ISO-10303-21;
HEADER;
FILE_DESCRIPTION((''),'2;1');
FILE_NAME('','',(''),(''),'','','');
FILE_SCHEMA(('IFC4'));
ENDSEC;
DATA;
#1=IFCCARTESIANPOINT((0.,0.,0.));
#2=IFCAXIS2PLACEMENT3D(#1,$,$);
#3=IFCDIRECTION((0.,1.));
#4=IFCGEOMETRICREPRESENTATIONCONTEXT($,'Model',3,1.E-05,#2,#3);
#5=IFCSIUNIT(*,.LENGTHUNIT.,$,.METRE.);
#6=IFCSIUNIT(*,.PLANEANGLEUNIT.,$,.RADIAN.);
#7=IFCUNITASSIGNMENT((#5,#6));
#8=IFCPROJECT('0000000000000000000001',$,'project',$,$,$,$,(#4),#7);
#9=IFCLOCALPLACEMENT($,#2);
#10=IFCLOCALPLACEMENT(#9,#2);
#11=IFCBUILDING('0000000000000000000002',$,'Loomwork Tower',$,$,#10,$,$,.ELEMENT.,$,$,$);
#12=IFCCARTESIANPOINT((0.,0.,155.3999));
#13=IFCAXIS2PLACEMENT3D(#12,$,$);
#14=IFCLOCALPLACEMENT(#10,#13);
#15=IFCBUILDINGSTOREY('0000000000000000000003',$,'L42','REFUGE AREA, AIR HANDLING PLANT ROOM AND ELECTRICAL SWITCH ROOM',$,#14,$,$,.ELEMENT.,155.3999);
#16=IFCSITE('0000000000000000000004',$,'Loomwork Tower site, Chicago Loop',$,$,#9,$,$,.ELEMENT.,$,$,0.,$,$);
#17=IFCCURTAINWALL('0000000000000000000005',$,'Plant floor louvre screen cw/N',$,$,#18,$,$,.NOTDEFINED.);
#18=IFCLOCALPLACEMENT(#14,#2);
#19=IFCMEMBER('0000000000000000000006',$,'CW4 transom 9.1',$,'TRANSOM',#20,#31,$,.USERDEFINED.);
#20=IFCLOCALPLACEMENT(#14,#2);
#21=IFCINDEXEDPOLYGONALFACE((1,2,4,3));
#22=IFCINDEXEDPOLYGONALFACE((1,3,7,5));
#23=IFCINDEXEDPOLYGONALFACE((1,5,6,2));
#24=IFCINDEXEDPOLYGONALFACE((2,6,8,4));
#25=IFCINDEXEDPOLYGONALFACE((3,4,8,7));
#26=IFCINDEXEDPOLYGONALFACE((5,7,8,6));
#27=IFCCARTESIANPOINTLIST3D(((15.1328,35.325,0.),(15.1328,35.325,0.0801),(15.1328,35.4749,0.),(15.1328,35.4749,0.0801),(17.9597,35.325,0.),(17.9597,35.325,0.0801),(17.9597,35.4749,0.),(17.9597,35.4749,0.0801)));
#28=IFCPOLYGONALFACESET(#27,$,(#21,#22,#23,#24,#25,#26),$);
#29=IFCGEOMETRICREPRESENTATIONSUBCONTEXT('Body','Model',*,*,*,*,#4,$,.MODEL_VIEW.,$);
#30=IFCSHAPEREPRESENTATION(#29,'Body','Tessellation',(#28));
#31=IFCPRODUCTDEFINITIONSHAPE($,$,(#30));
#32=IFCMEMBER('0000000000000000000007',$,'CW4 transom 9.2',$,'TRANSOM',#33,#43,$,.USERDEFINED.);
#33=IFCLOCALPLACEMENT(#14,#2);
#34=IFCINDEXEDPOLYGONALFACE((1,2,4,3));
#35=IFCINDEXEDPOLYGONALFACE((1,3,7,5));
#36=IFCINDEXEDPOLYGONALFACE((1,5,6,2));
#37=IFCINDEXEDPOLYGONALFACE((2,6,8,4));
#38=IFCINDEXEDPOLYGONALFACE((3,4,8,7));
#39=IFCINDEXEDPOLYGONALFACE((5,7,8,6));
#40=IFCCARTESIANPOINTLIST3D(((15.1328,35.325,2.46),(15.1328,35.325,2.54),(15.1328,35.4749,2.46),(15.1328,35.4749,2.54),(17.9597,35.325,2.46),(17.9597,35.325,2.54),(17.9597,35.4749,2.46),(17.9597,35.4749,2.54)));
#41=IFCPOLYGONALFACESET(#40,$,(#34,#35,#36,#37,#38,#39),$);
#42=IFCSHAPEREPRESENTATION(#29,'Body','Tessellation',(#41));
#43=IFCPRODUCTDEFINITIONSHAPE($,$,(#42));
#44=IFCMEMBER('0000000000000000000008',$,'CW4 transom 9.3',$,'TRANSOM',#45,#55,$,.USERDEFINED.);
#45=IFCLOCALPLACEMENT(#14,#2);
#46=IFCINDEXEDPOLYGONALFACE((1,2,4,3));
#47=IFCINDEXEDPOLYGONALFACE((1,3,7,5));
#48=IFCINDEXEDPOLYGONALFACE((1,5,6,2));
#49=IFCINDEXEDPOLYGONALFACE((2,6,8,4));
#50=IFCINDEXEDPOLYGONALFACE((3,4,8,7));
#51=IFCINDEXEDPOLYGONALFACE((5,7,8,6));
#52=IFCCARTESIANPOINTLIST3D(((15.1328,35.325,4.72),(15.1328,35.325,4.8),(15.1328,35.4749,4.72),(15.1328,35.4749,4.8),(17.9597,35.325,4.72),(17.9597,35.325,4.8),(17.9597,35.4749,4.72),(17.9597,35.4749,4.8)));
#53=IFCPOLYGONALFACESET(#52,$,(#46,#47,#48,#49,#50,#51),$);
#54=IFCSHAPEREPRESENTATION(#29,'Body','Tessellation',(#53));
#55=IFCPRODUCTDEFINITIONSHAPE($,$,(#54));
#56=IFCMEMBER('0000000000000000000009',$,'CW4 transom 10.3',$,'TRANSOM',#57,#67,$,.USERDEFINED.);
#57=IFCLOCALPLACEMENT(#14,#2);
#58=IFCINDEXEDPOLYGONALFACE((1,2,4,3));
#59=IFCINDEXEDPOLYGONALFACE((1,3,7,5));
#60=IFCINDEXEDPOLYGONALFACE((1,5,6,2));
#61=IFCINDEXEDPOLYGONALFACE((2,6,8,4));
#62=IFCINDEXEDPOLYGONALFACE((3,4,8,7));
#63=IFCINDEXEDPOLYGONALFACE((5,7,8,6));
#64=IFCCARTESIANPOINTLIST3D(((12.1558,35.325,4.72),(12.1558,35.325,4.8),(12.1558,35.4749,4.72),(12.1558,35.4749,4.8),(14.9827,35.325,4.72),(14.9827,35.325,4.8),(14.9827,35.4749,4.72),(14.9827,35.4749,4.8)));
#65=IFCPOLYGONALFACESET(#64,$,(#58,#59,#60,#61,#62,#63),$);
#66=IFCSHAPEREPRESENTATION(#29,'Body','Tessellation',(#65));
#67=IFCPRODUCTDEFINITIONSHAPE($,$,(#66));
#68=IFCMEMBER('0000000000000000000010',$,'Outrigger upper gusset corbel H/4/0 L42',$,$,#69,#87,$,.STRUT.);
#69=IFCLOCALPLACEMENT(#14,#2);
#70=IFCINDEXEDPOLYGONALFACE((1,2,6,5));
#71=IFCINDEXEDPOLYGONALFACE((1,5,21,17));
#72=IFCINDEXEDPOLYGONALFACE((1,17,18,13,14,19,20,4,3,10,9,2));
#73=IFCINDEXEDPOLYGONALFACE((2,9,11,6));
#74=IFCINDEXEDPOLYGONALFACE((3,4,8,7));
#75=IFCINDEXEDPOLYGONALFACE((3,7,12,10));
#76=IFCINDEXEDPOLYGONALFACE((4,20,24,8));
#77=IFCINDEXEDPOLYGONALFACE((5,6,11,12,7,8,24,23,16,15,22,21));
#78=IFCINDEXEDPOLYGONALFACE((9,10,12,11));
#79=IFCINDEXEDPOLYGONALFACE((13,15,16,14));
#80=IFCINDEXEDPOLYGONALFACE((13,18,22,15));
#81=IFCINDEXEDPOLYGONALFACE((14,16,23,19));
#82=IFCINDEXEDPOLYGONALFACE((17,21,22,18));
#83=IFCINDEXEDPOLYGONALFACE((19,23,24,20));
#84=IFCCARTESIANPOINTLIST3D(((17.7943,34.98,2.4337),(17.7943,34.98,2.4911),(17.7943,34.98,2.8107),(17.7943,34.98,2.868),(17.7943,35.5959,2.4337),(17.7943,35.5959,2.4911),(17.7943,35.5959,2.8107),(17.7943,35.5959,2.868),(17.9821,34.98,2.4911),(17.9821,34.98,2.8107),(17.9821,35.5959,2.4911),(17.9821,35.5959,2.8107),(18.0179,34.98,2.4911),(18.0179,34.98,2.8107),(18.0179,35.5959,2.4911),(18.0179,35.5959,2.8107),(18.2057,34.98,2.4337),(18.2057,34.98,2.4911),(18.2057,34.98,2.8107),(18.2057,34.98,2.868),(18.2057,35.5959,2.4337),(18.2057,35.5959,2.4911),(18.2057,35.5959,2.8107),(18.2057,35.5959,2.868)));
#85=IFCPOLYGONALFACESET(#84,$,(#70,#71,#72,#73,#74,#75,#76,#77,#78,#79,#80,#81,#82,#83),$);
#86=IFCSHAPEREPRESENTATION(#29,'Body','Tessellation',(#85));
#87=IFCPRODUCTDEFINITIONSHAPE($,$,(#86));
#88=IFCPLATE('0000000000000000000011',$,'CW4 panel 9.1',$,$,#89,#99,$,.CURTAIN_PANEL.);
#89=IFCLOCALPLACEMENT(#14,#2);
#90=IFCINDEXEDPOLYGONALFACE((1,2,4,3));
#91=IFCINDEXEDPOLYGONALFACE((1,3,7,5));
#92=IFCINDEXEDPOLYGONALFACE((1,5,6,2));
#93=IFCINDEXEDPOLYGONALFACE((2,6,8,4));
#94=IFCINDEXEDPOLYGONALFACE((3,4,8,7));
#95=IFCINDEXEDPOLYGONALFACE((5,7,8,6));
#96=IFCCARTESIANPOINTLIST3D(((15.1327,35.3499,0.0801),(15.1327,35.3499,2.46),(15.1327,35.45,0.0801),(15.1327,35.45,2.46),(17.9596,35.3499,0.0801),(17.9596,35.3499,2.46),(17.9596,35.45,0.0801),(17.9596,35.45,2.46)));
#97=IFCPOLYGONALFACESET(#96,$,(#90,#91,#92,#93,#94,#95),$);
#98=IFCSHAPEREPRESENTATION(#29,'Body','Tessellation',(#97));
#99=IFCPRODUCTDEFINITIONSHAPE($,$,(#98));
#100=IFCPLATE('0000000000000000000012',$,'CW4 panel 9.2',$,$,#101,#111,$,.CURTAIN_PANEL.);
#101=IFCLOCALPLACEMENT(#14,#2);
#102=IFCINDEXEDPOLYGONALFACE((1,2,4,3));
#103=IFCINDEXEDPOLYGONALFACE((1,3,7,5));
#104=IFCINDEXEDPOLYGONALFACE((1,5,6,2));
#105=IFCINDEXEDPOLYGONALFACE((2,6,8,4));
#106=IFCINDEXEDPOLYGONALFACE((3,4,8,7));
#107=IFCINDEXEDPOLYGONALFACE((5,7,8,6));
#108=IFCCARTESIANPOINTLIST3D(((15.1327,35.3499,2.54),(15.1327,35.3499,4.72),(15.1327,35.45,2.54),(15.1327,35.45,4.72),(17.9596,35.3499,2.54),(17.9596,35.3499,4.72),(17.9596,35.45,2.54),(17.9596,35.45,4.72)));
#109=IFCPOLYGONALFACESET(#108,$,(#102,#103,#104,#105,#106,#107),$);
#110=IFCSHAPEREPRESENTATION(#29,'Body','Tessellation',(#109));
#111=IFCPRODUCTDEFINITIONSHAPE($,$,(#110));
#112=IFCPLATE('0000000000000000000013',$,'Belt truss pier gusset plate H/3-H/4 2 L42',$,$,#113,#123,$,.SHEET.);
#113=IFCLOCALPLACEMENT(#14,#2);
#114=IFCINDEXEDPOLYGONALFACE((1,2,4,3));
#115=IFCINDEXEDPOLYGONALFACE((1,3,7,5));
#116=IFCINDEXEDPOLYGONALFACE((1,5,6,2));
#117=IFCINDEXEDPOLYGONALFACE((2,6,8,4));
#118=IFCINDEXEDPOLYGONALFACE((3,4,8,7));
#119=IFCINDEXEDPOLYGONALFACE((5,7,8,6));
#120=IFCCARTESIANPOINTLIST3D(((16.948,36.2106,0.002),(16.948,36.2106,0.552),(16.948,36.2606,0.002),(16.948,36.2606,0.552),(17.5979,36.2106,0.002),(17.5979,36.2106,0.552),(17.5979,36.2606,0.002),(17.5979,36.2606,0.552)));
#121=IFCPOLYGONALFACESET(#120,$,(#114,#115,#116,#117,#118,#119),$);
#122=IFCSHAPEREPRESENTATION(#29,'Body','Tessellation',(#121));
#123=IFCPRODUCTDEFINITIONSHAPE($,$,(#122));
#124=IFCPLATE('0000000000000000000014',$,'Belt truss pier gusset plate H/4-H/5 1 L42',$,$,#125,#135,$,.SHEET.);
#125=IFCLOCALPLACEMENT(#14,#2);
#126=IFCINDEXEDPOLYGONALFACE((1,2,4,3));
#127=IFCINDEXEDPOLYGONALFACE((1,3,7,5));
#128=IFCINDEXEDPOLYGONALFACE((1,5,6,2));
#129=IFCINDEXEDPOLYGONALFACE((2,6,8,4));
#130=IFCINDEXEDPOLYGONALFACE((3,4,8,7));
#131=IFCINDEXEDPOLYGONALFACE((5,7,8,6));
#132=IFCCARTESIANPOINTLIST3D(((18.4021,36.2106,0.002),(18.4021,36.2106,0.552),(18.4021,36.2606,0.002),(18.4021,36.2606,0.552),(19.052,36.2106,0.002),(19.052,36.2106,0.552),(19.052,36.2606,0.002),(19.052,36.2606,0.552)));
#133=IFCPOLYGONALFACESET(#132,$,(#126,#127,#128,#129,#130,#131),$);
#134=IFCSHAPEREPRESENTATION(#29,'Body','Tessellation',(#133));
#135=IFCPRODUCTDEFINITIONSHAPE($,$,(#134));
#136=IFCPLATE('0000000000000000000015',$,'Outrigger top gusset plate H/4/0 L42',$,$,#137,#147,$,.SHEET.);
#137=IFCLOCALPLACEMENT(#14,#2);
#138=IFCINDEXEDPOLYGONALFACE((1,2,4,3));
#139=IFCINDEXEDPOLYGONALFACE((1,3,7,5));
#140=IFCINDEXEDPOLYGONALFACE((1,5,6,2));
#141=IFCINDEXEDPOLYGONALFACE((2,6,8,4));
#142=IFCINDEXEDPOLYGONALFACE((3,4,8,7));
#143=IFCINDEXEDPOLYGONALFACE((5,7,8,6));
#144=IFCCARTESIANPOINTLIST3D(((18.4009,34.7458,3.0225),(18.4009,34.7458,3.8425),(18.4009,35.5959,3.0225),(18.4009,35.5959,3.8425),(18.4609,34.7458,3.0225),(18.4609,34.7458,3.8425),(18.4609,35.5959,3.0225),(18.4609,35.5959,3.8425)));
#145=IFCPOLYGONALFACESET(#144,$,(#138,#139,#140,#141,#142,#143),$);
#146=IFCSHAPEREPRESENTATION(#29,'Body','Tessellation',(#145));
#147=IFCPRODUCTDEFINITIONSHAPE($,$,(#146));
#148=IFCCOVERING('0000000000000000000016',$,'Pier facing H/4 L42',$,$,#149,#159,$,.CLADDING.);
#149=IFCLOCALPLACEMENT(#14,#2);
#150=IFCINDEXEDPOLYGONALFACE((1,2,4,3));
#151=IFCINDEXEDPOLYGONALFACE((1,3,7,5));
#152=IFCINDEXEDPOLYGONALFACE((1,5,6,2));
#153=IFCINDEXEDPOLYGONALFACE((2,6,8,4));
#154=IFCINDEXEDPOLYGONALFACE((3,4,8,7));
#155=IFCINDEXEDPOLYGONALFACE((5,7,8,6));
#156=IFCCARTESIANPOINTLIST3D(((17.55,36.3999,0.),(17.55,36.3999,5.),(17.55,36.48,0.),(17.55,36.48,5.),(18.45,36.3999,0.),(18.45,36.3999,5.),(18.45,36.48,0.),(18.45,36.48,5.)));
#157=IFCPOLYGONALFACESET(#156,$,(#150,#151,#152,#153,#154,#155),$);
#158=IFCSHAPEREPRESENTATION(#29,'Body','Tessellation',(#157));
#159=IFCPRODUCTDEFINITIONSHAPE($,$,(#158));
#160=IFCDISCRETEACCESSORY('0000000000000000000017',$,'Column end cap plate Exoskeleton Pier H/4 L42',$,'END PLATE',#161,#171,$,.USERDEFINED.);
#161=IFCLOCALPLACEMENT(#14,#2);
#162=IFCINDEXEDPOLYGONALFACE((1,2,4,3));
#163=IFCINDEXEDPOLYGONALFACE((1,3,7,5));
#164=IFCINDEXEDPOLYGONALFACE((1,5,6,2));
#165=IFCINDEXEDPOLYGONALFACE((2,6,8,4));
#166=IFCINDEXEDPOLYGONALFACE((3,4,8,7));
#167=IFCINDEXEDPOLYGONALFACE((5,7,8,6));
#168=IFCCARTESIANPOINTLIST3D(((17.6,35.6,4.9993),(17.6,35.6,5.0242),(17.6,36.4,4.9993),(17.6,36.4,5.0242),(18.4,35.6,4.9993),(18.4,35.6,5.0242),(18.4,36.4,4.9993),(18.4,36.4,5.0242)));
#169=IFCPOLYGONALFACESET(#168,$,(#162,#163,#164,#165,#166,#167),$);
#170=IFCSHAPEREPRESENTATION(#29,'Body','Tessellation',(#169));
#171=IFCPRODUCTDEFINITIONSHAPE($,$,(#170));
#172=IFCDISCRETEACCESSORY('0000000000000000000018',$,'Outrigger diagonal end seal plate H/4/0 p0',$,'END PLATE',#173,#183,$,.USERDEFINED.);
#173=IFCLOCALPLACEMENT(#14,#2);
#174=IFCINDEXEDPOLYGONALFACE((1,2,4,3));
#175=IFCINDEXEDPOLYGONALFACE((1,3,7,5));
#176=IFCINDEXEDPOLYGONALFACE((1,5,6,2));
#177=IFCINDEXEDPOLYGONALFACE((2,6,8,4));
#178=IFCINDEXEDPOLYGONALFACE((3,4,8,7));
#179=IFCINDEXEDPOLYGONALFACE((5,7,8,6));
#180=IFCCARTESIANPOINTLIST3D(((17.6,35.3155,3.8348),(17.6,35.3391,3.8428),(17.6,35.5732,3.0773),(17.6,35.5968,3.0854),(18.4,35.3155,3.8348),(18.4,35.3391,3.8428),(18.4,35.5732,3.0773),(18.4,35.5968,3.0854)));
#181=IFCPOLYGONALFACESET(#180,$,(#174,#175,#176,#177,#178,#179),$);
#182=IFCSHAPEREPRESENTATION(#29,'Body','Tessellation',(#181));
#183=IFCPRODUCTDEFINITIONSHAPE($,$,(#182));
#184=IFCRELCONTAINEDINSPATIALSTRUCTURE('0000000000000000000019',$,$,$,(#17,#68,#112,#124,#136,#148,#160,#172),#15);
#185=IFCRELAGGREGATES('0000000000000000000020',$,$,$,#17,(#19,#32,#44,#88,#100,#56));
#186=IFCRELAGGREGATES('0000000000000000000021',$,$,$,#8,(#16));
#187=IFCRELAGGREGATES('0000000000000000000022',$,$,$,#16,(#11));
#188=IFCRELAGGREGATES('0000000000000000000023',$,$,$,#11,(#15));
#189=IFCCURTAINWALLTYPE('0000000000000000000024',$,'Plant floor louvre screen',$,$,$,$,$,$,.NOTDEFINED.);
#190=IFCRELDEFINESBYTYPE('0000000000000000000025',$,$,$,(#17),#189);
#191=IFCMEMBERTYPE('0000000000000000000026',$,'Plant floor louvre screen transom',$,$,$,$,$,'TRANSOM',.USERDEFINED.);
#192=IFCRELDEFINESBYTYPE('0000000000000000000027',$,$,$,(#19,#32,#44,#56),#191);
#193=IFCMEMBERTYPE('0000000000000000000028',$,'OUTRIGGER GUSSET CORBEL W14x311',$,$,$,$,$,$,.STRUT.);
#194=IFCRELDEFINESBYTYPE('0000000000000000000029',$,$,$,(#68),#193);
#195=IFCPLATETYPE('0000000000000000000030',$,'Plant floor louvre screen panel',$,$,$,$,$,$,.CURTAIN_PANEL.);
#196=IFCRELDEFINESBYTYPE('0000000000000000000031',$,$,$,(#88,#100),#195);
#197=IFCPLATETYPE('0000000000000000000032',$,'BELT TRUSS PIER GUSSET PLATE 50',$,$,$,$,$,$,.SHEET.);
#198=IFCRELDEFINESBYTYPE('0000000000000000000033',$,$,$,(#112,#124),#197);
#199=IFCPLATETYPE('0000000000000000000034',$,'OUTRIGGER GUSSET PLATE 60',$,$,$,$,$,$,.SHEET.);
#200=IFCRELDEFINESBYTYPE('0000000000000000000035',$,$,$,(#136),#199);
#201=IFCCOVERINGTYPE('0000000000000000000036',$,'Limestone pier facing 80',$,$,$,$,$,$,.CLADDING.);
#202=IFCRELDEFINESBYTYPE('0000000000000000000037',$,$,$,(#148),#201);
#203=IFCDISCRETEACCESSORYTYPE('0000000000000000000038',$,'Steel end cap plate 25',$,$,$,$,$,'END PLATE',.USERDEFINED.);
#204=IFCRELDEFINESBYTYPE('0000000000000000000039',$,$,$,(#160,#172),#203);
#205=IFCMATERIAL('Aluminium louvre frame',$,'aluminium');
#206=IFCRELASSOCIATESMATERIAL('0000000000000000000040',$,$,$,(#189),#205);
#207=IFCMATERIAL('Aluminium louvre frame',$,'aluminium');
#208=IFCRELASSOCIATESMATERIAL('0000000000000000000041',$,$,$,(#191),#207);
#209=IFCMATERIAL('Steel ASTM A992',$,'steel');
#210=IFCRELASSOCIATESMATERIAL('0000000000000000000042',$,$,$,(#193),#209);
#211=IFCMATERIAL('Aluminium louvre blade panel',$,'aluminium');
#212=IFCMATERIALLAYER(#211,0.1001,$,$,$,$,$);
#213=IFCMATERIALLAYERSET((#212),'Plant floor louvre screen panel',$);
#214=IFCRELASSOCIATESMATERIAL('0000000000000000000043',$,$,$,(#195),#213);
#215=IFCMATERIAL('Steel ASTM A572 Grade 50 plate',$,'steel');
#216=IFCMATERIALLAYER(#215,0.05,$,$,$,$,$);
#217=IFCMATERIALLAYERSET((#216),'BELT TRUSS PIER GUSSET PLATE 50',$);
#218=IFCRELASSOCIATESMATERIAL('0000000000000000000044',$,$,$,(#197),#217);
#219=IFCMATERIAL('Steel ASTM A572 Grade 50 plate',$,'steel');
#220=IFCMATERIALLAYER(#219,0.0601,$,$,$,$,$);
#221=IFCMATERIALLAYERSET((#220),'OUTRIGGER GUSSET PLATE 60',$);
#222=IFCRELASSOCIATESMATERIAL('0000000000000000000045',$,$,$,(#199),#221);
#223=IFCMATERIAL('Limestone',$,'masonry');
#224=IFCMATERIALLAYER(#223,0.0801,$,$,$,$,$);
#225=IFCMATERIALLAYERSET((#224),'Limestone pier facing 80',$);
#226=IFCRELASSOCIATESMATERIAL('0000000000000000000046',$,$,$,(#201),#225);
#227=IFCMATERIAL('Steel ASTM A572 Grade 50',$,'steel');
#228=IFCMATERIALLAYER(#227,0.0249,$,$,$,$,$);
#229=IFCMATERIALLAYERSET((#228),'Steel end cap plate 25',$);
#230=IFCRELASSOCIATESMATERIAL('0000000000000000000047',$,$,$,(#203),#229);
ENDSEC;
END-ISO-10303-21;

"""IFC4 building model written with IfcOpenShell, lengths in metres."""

from ifc_helpers import new_model, si_unit, direction, frame, origin, origin_2d, place, context, subcontext, project, spatial, rectangle, i_section, extrude, material, layer, layer_set, material_profile, profile_set, type_object, element, aggregate, save


model = new_model("IFC4")

# Units and contexts
model_context = context("Model", 3, precision=1e-05, world=origin(), true_north=direction((0.0, 1.0)))
body_context = subcontext(model_context, "Body", "Model", "MODEL_VIEW")
ifc_project = project(units=[si_unit("LENGTHUNIT", "METRE"), si_unit("PLANEANGLEUNIT", "RADIAN")], contexts=[model_context])

# Site, building, storey
site_placement = place(None, origin())
site = spatial("IfcSite", under=ifc_project, at=site_placement, Name="Loomwork Tower site, Chicago Loop", CompositionType="ELEMENT", RefElevation=0.0)
building_placement = place(site_placement, origin())
building = spatial("IfcBuilding", under=site, at=building_placement, Name="Loomwork Tower", CompositionType="ELEMENT")
storey_placement = place(building_placement, frame((0.0, 0.0, 155.3999)))
storey = spatial("IfcBuildingStorey", under=building, at=storey_placement, Name="L42", Description="REFUGE AREA, AIR HANDLING PLANT ROOM AND ELECTRICAL SWITCH ROOM", CompositionType="ELEMENT", Elevation=155.3999)

# Curtain wall, members
ifc_material_1 = material(Name="Aluminium louvre frame", Category="aluminium")
curtain_wall_type = type_object("IfcCurtainWallType", Name="Plant floor louvre screen", PredefinedType="NOTDEFINED", material=ifc_material_1)
curtain_wall_placement = place(storey_placement, origin())
curtain_wall = element("IfcCurtainWall", 1, at=curtain_wall_placement, inside=storey, type_object=curtain_wall_type, Name="Plant floor louvre screen cw/N", PredefinedType="NOTDEFINED")
ifc_material_2 = material(Name="Aluminium louvre frame", Category="aluminium")
ifc_material_profile_1 = material_profile(ifc_material_2, rectangle(XDim=0.1499, YDim=0.0801, at=origin_2d()), Name="AL 80x150")
ifc_profile_set_1 = profile_set([ifc_material_profile_1], Name="Aluminium louvre frame")
member_type_1 = type_object("IfcMemberType", Name="Plant floor louvre screen transom", ElementType="TRANSOM", PredefinedType="USERDEFINED", material=ifc_profile_set_1)
member_1_placement = place(storey_placement, frame((17.9597, 35.3999, 0.04), z_axis=(-1.0, 0.0, 0.0), x_axis=(0.0, -1.0, 0.0)))
member_1 = element("IfcMember", 2, at=member_1_placement, type_object=member_type_1, Name="CW4 transom 9.1", ObjectType="TRANSOM", PredefinedType="USERDEFINED", context=body_context, shape_type="SweptSolid", body=[
    extrude(rectangle(XDim=0.1499, YDim=0.0801, at=origin_2d()), origin(), (0.0, 0.0, 1.0), 2.8269),
])
member_2_placement = place(storey_placement, frame((17.9597, 35.3999, 2.5), z_axis=(-1.0, 0.0, 0.0), x_axis=(0.0, -1.0, 0.0)))
member_2 = element("IfcMember", 3, at=member_2_placement, type_object=member_type_1, Name="CW4 transom 9.2", ObjectType="TRANSOM", PredefinedType="USERDEFINED", context=body_context, shape_type="SweptSolid", body=[
    extrude(rectangle(XDim=0.1499, YDim=0.0801, at=origin_2d()), origin(), (0.0, 0.0, 1.0), 2.8269),
])
member_3_placement = place(storey_placement, frame((17.9597, 35.3999, 4.76), z_axis=(-1.0, 0.0, 0.0), x_axis=(0.0, -1.0, 0.0)))
member_3 = element("IfcMember", 4, at=member_3_placement, type_object=member_type_1, Name="CW4 transom 9.3", ObjectType="TRANSOM", PredefinedType="USERDEFINED", context=body_context, shape_type="SweptSolid", body=[
    extrude(rectangle(XDim=0.1499, YDim=0.0801, at=origin_2d()), origin(), (0.0, 0.0, 1.0), 2.8269),
])
member_4_placement = place(storey_placement, frame((14.9827, 35.3999, 4.76), z_axis=(-1.0, 0.0, 0.0), x_axis=(0.0, -1.0, 0.0)))
member_4 = element("IfcMember", 5, at=member_4_placement, type_object=member_type_1, Name="CW4 transom 10.3", ObjectType="TRANSOM", PredefinedType="USERDEFINED", context=body_context, shape_type="SweptSolid", body=[
    extrude(rectangle(XDim=0.1499, YDim=0.0801, at=origin_2d()), origin(), (0.0, 0.0, 1.0), 2.8269),
])

# Member
ifc_material_3 = material(Name="Steel ASTM A992", Category="steel")
ifc_material_profile_2 = material_profile(ifc_material_3, i_section(OverallWidth=0.4114, OverallDepth=0.4343, WebThickness=0.0359, FlangeThickness=0.0574, at=origin_2d()), Name="W14x311")
ifc_profile_set_2 = profile_set([ifc_material_profile_2], Name="Steel ASTM A992")
member_type_2 = type_object("IfcMemberType", Name="OUTRIGGER GUSSET CORBEL W14x311", PredefinedType="STRUT", material=ifc_profile_set_2)
member_5_placement = place(storey_placement, frame((18.0, 35.5959, 2.6509), z_axis=(0.0, -1.0, 0.0), x_axis=(1.0, 0.0, 0.0)))
element("IfcMember", 6, at=member_5_placement, inside=storey, type_object=member_type_2, Name="Outrigger upper gusset corbel H/4/0 L42", PredefinedType="STRUT", context=body_context, shape_type="SweptSolid", body=[
    extrude(i_section(OverallWidth=0.4114, OverallDepth=0.4343, WebThickness=0.0359, FlangeThickness=0.0574, at=origin_2d()), origin(), (0.0, 0.0, 1.0), 0.616),
])

# Plates
ifc_material_4 = material(Name="Aluminium louvre blade panel", Category="aluminium")
ifc_layer_1 = layer(ifc_material_4, 0.1001)
ifc_layer_set_1 = layer_set([ifc_layer_1], Name="Plant floor louvre screen panel")
plate_type_1 = type_object("IfcPlateType", Name="Plant floor louvre screen panel", PredefinedType="CURTAIN_PANEL", material=ifc_layer_set_1)
plate_1_placement = place(storey_placement, frame((16.5461, 35.3999, 0.0801), z_axis=(0.0, 0.0, 1.0), x_axis=(-1.0, 0.0, 0.0)))
plate_1 = element("IfcPlate", 7, at=plate_1_placement, type_object=plate_type_1, Name="CW4 panel 9.1", PredefinedType="CURTAIN_PANEL", context=body_context, shape_type="SweptSolid", body=[
    extrude(rectangle(XDim=2.8269, YDim=0.1001, at=origin_2d()), origin(), (0.0, 0.0, 1.0), 2.3799),
])
plate_2_placement = place(storey_placement, frame((16.5461, 35.3999, 2.54), z_axis=(0.0, 0.0, 1.0), x_axis=(-1.0, 0.0, 0.0)))
plate_2 = element("IfcPlate", 8, at=plate_2_placement, type_object=plate_type_1, Name="CW4 panel 9.2", PredefinedType="CURTAIN_PANEL", context=body_context, shape_type="SweptSolid", body=[
    extrude(rectangle(XDim=2.8269, YDim=0.1001, at=origin_2d()), origin(), (0.0, 0.0, 1.0), 2.1799),
])
aggregate(curtain_wall, [member_1, member_2, member_3, plate_1, plate_2, member_4])

# Plates
ifc_material_5 = material(Name="Steel ASTM A572 Grade 50 plate", Category="steel")
ifc_layer_2 = layer(ifc_material_5, 0.05)
ifc_layer_set_2 = layer_set([ifc_layer_2], Name="BELT TRUSS PIER GUSSET PLATE 50")
plate_type_2 = type_object("IfcPlateType", Name="BELT TRUSS PIER GUSSET PLATE 50", PredefinedType="SHEET", material=ifc_layer_set_2)
for number, where, z_axis, x_axis, name in (
    (9, (17.2729, 36.2356, 0.002), (0.0, 0.0, 1.0), (1.0, 0.0, 0.0), "Belt truss pier gusset plate H/3-H/4 2 L42"),
    (10, (18.7271, 36.2356, 0.002), (0.0, 0.0, 1.0), (1.0, 0.0, 0.0), "Belt truss pier gusset plate H/4-H/5 1 L42"),
):
    element("IfcPlate", number, at=place(storey_placement, frame(where, z_axis=z_axis, x_axis=x_axis)), inside=storey, type_object=plate_type_2, Name=name, PredefinedType="SHEET", context=body_context, shape_type="SweptSolid", body=[
        extrude(rectangle(XDim=0.6499, YDim=0.05, at=origin_2d()), origin(), (0.0, 0.0, 1.0), 0.55),
    ])
ifc_material_6 = material(Name="Steel ASTM A572 Grade 50 plate", Category="steel")
ifc_layer_3 = layer(ifc_material_6, 0.0601)
ifc_layer_set_3 = layer_set([ifc_layer_3], Name="OUTRIGGER GUSSET PLATE 60")
plate_type_3 = type_object("IfcPlateType", Name="OUTRIGGER GUSSET PLATE 60", PredefinedType="SHEET", material=ifc_layer_set_3)
plate_3_placement = place(storey_placement, frame((18.4309, 35.1709, 3.0225), z_axis=(0.0, 0.0, 1.0), x_axis=(0.0, 1.0, 0.0)))
element("IfcPlate", 11, at=plate_3_placement, inside=storey, type_object=plate_type_3, Name="Outrigger top gusset plate H/4/0 L42", PredefinedType="SHEET", context=body_context, shape_type="SweptSolid", body=[
    extrude(rectangle(XDim=0.8501, YDim=0.0601, at=origin_2d()), origin(), (0.0, 0.0, 1.0), 0.8201),
])

# Covering
ifc_material_7 = material(Name="Limestone", Category="masonry")
ifc_layer_4 = layer(ifc_material_7, 0.0801)
ifc_layer_set_4 = layer_set([ifc_layer_4], Name="Limestone pier facing 80")
covering_type = type_object("IfcCoveringType", Name="Limestone pier facing 80", PredefinedType="CLADDING", material=ifc_layer_set_4)
covering_placement = place(storey_placement, frame((18.0, 36.4399, 0.0), z_axis=(0.0, 0.0, 1.0), x_axis=(1.0, 0.0, 0.0)))
element("IfcCovering", 12, at=covering_placement, inside=storey, type_object=covering_type, Name="Pier facing H/4 L42", PredefinedType="CLADDING", context=body_context, shape_type="SweptSolid", body=[
    extrude(rectangle(XDim=0.8999, YDim=0.0801, at=origin_2d()), origin(), (0.0, 0.0, 1.0), 5.0),
])

# Discrete accessories
ifc_material_8 = material(Name="Steel ASTM A572 Grade 50", Category="steel")
ifc_layer_5 = layer(ifc_material_8, 0.0249)
ifc_layer_set_5 = layer_set([ifc_layer_5], Name="Steel end cap plate 25")
discrete_accessory_type = type_object("IfcDiscreteAccessoryType", Name="Steel end cap plate 25", ElementType="END PLATE", PredefinedType="USERDEFINED", material=ifc_layer_set_5)
for number, where, z_axis, x_axis, name in (
    (13, (18.0, 36.0, 4.9993), (0.0, 0.0, 1.0), (1.0, 0.0, 0.0), "Column end cap plate Exoskeleton Pier H/4 L42"),
    (14, (18.0, 35.4443, 3.4561), (0.0, 0.946713, 0.322078), (-1.0, 0.0, 0.0), "Outrigger diagonal end seal plate H/4/0 p0"),
):
    element("IfcDiscreteAccessory", number, at=place(storey_placement, frame(where, z_axis=z_axis, x_axis=x_axis)), inside=storey, type_object=discrete_accessory_type, Name=name, ObjectType="END PLATE", PredefinedType="USERDEFINED", context=body_context, shape_type="SweptSolid", body=[
        extrude(rectangle(XDim=0.8, YDim=0.8, at=origin_2d()), origin(), (0.0, 0.0, 1.0), 0.0249),
    ])

save(model, "model.ifc")
